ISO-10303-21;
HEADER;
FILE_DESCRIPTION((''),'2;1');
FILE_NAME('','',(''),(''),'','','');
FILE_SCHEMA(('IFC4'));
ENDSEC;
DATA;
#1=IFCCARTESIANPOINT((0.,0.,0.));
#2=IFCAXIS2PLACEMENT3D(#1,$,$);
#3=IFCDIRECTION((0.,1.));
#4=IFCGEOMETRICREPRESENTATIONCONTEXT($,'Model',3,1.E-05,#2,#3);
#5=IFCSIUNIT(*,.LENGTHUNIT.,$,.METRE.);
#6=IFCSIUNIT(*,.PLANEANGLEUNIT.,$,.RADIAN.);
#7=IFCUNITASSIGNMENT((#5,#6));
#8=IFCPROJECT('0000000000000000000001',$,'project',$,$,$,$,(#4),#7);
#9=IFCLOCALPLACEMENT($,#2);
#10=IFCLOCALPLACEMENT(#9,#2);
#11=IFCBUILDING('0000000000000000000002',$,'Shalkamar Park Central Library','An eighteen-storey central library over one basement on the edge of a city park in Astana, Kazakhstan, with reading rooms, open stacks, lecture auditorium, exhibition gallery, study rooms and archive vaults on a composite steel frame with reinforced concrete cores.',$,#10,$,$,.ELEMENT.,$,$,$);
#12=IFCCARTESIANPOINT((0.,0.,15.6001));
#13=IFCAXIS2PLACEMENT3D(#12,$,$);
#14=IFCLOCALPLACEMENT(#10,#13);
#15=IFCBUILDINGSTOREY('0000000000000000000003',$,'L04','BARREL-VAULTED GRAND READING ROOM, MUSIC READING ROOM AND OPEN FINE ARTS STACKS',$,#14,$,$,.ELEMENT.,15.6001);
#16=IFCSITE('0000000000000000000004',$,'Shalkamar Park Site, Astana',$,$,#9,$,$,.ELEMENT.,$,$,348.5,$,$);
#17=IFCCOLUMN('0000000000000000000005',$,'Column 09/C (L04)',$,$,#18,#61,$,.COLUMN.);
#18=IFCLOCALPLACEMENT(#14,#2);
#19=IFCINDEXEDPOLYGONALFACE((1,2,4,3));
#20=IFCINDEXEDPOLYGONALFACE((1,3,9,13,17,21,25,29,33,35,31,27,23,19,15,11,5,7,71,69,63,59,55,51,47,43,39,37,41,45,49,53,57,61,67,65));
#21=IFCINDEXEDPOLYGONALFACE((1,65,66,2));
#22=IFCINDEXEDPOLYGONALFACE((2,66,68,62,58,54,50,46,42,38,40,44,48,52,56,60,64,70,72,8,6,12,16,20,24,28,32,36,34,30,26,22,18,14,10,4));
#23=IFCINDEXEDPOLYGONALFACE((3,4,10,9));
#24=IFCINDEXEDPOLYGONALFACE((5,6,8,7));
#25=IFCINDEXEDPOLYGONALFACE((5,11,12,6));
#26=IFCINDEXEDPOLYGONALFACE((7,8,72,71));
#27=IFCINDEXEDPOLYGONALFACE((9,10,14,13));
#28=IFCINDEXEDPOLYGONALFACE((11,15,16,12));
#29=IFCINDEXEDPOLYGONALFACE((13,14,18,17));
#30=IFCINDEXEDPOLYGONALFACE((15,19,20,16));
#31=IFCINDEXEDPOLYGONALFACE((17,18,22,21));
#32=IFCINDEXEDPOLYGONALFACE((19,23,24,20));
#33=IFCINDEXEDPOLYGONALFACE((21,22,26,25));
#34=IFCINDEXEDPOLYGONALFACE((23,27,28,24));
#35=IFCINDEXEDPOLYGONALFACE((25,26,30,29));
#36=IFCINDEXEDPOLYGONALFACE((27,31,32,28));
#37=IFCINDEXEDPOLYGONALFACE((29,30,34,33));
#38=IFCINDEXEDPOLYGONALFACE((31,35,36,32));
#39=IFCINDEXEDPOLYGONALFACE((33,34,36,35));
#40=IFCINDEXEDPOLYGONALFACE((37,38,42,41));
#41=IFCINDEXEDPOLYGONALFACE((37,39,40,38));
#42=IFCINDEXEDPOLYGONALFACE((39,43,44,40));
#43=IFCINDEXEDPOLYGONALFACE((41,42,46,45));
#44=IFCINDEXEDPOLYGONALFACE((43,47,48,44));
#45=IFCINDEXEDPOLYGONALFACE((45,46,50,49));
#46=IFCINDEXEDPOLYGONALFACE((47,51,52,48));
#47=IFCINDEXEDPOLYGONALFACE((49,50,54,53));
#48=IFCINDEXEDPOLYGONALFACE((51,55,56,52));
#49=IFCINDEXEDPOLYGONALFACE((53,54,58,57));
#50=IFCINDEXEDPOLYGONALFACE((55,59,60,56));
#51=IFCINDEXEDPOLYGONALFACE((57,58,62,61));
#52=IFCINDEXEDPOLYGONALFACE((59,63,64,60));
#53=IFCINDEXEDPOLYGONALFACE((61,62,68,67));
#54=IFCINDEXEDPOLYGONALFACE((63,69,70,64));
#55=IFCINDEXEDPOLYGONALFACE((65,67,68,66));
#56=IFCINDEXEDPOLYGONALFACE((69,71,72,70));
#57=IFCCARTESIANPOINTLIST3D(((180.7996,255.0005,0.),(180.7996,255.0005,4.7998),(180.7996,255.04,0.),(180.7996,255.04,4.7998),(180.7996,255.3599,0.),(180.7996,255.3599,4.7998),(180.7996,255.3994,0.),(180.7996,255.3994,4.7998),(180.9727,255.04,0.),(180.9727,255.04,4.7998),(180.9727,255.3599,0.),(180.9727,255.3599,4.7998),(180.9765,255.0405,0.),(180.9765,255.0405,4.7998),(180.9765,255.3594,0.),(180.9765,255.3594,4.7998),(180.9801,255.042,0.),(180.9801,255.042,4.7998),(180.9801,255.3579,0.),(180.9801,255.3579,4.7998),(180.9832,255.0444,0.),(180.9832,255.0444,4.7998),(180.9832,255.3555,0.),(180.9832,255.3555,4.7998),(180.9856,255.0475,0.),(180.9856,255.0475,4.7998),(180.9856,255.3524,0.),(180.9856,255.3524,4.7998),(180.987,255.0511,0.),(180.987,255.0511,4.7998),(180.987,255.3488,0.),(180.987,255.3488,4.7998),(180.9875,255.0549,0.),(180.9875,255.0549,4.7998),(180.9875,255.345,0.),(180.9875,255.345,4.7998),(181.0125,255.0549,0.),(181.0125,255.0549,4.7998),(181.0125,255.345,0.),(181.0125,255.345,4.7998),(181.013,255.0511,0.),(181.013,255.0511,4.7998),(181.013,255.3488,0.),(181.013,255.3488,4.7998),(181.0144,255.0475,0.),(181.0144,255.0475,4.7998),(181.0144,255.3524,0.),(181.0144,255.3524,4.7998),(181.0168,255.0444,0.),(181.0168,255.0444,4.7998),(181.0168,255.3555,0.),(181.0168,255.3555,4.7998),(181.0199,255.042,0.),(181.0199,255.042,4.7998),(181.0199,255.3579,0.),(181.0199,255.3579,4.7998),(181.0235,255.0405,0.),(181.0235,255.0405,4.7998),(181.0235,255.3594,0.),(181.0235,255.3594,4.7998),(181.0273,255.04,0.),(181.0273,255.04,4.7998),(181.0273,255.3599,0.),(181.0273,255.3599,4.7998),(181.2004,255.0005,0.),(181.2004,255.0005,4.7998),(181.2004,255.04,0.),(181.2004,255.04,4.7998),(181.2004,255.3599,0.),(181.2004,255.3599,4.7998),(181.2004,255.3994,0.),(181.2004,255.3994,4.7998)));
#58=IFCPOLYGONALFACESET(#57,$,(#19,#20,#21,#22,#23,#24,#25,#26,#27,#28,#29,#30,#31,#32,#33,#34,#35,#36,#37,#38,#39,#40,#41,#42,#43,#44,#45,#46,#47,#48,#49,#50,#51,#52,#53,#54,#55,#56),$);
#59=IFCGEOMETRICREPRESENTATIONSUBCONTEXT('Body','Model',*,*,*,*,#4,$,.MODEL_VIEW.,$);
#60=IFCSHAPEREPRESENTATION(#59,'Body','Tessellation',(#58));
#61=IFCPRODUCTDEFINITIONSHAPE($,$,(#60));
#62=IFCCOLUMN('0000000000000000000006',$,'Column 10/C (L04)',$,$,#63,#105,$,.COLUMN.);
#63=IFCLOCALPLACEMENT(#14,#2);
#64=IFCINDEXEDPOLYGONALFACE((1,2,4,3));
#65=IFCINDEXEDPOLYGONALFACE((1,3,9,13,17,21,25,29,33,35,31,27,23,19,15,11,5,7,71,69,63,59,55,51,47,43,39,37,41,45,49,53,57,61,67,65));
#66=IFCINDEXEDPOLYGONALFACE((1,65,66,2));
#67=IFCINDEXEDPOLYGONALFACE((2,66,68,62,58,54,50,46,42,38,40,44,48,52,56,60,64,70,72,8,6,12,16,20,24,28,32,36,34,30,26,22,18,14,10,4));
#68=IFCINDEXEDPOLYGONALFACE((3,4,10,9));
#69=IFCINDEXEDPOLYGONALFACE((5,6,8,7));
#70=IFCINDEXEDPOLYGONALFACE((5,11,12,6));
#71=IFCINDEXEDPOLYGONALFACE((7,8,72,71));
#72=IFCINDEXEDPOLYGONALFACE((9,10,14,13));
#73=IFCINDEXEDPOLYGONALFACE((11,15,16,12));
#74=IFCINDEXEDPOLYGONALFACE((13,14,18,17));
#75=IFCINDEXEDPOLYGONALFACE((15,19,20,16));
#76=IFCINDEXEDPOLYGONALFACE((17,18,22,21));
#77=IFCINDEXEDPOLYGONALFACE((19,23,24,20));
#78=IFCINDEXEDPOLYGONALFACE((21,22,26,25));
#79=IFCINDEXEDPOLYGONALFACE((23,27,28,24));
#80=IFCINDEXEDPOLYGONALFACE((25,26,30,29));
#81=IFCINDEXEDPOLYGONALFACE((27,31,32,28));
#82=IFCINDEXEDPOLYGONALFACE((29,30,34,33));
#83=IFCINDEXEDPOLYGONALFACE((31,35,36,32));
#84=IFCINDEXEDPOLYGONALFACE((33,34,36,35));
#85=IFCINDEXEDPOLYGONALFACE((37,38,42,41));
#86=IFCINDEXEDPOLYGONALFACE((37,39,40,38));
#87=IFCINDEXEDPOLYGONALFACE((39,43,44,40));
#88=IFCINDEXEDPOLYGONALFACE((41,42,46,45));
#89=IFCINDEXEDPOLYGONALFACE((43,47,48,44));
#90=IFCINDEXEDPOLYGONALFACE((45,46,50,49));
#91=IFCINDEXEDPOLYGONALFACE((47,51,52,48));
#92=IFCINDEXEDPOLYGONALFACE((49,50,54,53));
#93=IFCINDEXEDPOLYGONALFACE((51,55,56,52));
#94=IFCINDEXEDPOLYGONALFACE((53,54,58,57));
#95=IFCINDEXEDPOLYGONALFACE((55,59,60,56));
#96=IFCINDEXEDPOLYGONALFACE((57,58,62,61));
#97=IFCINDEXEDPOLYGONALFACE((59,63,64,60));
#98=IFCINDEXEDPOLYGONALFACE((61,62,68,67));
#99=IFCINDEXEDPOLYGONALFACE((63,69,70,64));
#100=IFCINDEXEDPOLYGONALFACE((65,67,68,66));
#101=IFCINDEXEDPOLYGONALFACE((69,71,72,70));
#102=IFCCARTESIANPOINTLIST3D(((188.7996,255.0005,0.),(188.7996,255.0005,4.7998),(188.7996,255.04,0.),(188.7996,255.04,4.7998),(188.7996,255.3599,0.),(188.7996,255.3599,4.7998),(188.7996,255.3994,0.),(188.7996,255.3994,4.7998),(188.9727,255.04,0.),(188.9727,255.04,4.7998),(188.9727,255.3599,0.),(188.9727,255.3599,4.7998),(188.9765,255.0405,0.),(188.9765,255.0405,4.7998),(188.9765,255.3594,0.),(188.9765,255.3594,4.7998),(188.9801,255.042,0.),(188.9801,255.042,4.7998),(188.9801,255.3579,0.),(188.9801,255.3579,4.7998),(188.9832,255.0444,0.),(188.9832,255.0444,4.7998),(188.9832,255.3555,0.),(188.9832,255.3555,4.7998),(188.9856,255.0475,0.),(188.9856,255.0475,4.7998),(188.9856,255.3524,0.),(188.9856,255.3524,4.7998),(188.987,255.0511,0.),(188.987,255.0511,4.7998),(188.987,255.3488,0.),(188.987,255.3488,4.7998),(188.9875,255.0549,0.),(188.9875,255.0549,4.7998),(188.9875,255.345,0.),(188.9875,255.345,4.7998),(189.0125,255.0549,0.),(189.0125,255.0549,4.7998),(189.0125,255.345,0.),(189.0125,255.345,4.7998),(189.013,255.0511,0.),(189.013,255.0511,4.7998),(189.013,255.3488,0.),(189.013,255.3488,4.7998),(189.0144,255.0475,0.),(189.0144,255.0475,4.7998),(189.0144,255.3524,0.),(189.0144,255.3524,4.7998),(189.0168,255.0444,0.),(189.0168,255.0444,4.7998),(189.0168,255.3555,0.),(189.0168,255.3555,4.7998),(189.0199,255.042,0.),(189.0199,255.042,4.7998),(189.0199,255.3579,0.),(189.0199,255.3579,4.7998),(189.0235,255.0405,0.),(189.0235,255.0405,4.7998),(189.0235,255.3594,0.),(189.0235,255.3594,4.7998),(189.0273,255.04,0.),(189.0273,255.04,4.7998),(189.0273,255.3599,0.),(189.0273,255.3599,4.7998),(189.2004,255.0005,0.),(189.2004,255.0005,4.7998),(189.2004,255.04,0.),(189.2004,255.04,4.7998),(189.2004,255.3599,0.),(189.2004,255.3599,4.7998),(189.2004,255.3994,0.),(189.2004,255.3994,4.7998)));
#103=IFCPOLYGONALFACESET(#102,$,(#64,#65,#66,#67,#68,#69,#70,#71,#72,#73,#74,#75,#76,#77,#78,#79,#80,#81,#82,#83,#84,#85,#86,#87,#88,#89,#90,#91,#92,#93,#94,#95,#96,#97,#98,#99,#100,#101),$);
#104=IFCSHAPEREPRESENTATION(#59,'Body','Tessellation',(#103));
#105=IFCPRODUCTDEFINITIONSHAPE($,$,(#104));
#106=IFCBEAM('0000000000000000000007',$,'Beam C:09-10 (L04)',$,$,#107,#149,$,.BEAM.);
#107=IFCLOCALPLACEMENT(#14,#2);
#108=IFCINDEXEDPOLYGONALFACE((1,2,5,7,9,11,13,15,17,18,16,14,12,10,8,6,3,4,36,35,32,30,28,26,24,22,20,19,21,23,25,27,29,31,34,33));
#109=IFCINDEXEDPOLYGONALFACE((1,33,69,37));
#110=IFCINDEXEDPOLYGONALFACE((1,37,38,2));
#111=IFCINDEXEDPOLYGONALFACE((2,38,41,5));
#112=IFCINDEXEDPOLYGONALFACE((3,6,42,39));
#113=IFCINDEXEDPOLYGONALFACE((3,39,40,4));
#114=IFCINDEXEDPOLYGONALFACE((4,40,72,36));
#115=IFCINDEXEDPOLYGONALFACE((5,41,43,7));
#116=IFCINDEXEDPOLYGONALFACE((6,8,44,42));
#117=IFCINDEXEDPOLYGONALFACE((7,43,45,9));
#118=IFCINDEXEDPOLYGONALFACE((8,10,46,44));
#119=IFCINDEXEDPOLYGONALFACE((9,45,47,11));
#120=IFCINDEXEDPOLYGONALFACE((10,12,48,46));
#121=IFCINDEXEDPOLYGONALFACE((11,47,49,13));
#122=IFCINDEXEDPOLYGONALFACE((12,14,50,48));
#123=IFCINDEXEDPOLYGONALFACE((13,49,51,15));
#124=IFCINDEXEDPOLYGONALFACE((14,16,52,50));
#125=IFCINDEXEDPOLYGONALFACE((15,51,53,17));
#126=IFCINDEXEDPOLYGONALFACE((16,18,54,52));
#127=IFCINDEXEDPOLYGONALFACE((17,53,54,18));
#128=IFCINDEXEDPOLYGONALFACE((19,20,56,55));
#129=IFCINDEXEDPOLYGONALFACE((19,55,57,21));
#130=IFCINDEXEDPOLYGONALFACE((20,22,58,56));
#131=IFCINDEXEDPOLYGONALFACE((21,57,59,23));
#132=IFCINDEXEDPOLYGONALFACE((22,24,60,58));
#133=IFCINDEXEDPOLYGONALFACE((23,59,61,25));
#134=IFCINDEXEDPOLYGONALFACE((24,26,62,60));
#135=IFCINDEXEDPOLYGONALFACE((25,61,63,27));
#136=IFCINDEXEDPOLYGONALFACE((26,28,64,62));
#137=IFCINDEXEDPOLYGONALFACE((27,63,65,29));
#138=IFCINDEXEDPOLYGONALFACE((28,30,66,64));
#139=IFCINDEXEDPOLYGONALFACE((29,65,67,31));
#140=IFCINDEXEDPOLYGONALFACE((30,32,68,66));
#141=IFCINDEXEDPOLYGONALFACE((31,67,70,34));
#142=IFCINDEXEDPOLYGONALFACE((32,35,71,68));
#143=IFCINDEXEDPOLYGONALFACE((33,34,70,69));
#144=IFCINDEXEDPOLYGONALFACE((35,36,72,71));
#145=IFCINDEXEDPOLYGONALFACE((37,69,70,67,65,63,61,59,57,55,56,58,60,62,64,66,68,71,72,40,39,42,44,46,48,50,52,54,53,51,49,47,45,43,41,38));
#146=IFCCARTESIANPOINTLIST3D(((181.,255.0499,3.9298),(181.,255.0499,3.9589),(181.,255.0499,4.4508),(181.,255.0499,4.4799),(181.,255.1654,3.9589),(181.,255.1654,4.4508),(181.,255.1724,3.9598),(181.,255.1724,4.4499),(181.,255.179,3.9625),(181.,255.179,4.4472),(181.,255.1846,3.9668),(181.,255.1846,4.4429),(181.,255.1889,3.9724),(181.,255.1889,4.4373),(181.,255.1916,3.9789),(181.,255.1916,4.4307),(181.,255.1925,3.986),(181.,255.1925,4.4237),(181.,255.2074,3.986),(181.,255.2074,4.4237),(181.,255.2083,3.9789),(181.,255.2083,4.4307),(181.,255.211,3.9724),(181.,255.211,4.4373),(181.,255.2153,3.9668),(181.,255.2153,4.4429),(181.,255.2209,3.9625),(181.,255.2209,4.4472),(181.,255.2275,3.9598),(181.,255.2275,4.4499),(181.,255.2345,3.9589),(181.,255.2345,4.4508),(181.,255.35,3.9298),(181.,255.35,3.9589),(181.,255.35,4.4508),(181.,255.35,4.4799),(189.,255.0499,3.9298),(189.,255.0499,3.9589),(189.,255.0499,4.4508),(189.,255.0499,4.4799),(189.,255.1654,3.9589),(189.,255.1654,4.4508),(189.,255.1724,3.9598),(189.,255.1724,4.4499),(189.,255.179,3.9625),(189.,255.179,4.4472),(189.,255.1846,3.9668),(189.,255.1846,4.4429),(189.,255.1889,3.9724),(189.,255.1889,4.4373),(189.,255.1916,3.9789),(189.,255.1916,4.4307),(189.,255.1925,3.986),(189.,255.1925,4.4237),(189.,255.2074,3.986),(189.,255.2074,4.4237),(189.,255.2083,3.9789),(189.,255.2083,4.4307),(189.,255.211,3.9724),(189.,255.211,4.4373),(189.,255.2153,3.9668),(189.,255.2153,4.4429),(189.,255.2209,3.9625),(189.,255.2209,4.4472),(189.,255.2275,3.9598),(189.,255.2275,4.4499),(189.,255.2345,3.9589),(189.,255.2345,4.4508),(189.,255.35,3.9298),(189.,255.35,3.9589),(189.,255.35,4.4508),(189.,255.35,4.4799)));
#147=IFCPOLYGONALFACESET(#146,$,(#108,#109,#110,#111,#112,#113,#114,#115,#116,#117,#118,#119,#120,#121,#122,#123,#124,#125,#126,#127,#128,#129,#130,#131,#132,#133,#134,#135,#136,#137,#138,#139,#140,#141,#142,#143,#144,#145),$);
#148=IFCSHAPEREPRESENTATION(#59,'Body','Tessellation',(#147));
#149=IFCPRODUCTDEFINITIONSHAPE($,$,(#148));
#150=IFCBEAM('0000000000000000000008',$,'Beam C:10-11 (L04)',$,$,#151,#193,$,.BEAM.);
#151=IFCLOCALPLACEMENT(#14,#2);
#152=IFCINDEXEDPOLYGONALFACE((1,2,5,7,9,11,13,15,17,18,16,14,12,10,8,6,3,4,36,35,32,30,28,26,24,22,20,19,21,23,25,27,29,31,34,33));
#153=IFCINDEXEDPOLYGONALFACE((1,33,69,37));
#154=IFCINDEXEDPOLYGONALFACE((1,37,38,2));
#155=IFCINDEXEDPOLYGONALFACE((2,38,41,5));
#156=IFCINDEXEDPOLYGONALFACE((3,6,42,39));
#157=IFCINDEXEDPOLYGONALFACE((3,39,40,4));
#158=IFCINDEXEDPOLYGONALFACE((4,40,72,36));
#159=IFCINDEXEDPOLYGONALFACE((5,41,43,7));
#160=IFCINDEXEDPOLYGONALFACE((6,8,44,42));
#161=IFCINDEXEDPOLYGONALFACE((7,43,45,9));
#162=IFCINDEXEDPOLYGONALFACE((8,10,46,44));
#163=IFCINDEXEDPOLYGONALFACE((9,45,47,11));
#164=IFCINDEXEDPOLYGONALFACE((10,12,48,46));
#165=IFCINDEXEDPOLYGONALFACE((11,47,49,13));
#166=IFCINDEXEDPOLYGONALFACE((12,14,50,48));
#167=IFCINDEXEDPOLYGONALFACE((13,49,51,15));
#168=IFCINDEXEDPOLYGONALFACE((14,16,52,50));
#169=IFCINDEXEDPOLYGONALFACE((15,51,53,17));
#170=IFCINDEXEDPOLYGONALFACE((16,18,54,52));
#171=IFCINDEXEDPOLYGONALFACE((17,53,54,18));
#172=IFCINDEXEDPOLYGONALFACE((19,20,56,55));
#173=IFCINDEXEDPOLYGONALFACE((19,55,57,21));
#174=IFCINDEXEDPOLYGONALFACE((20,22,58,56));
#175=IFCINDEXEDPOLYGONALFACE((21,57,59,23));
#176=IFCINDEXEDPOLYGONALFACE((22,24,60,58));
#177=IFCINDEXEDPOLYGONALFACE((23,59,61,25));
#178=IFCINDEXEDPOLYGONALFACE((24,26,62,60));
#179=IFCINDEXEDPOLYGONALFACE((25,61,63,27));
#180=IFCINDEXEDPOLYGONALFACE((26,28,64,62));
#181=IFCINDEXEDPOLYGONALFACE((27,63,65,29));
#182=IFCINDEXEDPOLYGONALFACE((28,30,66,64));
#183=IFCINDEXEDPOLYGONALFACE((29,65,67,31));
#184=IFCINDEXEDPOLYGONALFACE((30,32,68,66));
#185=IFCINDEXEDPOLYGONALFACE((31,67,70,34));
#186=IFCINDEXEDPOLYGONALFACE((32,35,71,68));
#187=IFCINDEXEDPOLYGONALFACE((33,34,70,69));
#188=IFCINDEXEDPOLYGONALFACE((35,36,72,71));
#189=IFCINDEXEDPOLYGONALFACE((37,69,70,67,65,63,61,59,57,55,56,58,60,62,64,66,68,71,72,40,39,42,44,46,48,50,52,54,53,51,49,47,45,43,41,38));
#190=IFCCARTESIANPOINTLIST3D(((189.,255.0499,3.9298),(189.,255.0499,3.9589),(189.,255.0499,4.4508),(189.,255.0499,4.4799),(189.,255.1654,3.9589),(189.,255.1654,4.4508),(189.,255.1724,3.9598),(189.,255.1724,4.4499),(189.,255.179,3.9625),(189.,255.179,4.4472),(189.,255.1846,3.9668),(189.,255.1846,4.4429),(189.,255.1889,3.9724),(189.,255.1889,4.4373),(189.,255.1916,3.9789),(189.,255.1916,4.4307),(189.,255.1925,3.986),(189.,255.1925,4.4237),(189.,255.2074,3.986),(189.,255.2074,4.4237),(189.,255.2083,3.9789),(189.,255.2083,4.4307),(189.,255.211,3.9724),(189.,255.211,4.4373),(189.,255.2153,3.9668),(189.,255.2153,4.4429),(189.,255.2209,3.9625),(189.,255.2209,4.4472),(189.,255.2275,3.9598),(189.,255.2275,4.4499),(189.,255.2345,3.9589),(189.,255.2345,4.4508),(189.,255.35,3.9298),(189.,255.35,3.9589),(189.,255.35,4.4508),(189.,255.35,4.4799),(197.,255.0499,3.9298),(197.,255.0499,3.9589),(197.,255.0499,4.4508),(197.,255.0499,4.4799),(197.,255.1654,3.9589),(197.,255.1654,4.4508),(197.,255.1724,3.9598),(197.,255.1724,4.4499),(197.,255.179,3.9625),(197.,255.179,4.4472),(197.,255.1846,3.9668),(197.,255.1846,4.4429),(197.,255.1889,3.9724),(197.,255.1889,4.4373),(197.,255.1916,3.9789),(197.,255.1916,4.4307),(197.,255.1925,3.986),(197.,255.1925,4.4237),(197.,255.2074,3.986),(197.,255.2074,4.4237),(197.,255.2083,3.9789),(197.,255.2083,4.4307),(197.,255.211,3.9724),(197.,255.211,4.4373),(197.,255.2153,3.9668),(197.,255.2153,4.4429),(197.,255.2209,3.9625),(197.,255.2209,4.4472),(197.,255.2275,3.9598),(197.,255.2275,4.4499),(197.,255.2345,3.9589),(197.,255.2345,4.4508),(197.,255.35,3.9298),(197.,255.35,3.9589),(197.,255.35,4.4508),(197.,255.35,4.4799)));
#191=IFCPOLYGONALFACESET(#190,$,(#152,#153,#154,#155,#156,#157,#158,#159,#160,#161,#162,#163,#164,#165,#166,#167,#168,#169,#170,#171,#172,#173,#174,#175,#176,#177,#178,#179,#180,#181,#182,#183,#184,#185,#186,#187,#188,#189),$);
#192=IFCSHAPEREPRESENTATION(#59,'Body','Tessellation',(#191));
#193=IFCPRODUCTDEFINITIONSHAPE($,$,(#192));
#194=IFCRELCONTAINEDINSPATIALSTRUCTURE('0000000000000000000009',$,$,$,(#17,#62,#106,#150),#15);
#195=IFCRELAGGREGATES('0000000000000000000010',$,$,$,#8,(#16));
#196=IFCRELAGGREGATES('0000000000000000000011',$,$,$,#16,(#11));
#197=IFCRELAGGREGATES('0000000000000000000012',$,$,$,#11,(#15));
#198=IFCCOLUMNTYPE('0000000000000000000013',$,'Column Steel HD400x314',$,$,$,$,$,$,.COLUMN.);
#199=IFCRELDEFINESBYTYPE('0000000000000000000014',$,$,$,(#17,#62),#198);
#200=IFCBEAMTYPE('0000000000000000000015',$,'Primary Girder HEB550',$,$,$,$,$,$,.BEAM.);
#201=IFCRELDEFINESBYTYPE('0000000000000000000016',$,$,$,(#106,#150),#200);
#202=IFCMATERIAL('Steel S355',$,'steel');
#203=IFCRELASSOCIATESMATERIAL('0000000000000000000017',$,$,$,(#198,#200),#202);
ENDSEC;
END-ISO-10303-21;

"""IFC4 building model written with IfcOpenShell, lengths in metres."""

from ifc_helpers import new_model, si_unit, direction, frame, origin, origin_2d, place, context, subcontext, project, spatial, i_section, extrude, material, material_profile, profile_set, type_object, element, save


model = new_model("IFC4")

# Units and contexts
model_context = context("Model", 3, precision=1e-05, world=origin(), true_north=direction((0.0, 1.0)))
body_context = subcontext(model_context, "Body", "Model", "MODEL_VIEW")
ifc_project = project(units=[si_unit("LENGTHUNIT", "METRE"), si_unit("PLANEANGLEUNIT", "RADIAN")], contexts=[model_context])

# Site, building, storey
site_placement = place(None, origin())
site = spatial("IfcSite", under=ifc_project, at=site_placement, Name="Shalkamar Park Site, Astana", CompositionType="ELEMENT", RefElevation=348.5)
building_placement = place(site_placement, origin())
building = spatial("IfcBuilding", under=site, at=building_placement, Name="Shalkamar Park Central Library", Description="An eighteen-storey central library over one basement on the edge of a city park in Astana, Kazakhstan, with reading rooms, open stacks, lecture auditorium, exhibition gallery, study rooms and archive vaults on a composite steel frame with reinforced concrete cores.", CompositionType="ELEMENT")
storey_placement = place(building_placement, frame((0.0, 0.0, 15.6001)))
storey = spatial("IfcBuildingStorey", under=building, at=storey_placement, Name="L04", Description="BARREL-VAULTED GRAND READING ROOM, MUSIC READING ROOM AND OPEN FINE ARTS STACKS", CompositionType="ELEMENT", Elevation=15.6001)

# Columns
ifc_material_1 = material(Name="Steel S355", Category="steel")
ifc_material_profile_1 = material_profile(ifc_material_1, i_section(OverallWidth=0.4009, OverallDepth=0.3989, WebThickness=0.0249, FlangeThickness=0.0396, FilletRadius=0.0149, at=origin_2d()), Name="HD 400x314")
ifc_profile_set_1 = profile_set([ifc_material_profile_1], Name="Steel S355")
column_type = type_object("IfcColumnType", Name="Column Steel HD400x314", PredefinedType="COLUMN", material=ifc_profile_set_1)
for number, where, z_axis, x_axis, name in (
    (1, (181.0, 255.2, 0.0), (0.0, 0.0, 1.0), (1.0, 0.0, 0.0), "Column 09/C (L04)"),
    (2, (189.0, 255.2, 0.0), (0.0, 0.0, 1.0), (1.0, 0.0, 0.0), "Column 10/C (L04)"),
):
    element("IfcColumn", number, at=place(storey_placement, frame(where, z_axis=z_axis, x_axis=x_axis)), inside=storey, type_object=column_type, Name=name, PredefinedType="COLUMN", context=body_context, shape_type="SweptSolid", body=[
        extrude(i_section(OverallWidth=0.4009, OverallDepth=0.3989, WebThickness=0.0249, FlangeThickness=0.0396, FilletRadius=0.0149, at=origin_2d()), origin(), (0.0, 0.0, 1.0), 4.7998),
    ])

# Beams
ifc_material_profile_2 = material_profile(ifc_material_1, i_section(OverallWidth=0.3, OverallDepth=0.55, WebThickness=0.0149, FlangeThickness=0.0291, FilletRadius=0.0271, at=origin_2d()), Name="HEB 550")
ifc_profile_set_2 = profile_set([ifc_material_profile_2], Name="Steel S355")
beam_type_1 = type_object("IfcBeamType", Name="Primary Girder HEB550", PredefinedType="BEAM", material=ifc_profile_set_2)
for number, where, z_axis, x_axis, name in (
    (3, (181.0, 255.2, 4.2048), (1.0, 0.0, 0.0), (0.0, 1.0, 0.0), "Beam C:09-10 (L04)"),
    (4, (189.0, 255.2, 4.2048), (1.0, 0.0, 0.0), (0.0, 1.0, 0.0), "Beam C:10-11 (L04)"),
):
    element("IfcBeam", number, at=place(storey_placement, frame(where, z_axis=z_axis, x_axis=x_axis)), inside=storey, type_object=beam_type_1, Name=name, PredefinedType="BEAM", context=body_context, shape_type="SweptSolid", body=[
        extrude(i_section(OverallWidth=0.3, OverallDepth=0.55, WebThickness=0.0149, FlangeThickness=0.0291, FilletRadius=0.0271, at=origin_2d()), origin(), (0.0, 0.0, 1.0), 8.0),
    ])

save(model, "model.ifc")
